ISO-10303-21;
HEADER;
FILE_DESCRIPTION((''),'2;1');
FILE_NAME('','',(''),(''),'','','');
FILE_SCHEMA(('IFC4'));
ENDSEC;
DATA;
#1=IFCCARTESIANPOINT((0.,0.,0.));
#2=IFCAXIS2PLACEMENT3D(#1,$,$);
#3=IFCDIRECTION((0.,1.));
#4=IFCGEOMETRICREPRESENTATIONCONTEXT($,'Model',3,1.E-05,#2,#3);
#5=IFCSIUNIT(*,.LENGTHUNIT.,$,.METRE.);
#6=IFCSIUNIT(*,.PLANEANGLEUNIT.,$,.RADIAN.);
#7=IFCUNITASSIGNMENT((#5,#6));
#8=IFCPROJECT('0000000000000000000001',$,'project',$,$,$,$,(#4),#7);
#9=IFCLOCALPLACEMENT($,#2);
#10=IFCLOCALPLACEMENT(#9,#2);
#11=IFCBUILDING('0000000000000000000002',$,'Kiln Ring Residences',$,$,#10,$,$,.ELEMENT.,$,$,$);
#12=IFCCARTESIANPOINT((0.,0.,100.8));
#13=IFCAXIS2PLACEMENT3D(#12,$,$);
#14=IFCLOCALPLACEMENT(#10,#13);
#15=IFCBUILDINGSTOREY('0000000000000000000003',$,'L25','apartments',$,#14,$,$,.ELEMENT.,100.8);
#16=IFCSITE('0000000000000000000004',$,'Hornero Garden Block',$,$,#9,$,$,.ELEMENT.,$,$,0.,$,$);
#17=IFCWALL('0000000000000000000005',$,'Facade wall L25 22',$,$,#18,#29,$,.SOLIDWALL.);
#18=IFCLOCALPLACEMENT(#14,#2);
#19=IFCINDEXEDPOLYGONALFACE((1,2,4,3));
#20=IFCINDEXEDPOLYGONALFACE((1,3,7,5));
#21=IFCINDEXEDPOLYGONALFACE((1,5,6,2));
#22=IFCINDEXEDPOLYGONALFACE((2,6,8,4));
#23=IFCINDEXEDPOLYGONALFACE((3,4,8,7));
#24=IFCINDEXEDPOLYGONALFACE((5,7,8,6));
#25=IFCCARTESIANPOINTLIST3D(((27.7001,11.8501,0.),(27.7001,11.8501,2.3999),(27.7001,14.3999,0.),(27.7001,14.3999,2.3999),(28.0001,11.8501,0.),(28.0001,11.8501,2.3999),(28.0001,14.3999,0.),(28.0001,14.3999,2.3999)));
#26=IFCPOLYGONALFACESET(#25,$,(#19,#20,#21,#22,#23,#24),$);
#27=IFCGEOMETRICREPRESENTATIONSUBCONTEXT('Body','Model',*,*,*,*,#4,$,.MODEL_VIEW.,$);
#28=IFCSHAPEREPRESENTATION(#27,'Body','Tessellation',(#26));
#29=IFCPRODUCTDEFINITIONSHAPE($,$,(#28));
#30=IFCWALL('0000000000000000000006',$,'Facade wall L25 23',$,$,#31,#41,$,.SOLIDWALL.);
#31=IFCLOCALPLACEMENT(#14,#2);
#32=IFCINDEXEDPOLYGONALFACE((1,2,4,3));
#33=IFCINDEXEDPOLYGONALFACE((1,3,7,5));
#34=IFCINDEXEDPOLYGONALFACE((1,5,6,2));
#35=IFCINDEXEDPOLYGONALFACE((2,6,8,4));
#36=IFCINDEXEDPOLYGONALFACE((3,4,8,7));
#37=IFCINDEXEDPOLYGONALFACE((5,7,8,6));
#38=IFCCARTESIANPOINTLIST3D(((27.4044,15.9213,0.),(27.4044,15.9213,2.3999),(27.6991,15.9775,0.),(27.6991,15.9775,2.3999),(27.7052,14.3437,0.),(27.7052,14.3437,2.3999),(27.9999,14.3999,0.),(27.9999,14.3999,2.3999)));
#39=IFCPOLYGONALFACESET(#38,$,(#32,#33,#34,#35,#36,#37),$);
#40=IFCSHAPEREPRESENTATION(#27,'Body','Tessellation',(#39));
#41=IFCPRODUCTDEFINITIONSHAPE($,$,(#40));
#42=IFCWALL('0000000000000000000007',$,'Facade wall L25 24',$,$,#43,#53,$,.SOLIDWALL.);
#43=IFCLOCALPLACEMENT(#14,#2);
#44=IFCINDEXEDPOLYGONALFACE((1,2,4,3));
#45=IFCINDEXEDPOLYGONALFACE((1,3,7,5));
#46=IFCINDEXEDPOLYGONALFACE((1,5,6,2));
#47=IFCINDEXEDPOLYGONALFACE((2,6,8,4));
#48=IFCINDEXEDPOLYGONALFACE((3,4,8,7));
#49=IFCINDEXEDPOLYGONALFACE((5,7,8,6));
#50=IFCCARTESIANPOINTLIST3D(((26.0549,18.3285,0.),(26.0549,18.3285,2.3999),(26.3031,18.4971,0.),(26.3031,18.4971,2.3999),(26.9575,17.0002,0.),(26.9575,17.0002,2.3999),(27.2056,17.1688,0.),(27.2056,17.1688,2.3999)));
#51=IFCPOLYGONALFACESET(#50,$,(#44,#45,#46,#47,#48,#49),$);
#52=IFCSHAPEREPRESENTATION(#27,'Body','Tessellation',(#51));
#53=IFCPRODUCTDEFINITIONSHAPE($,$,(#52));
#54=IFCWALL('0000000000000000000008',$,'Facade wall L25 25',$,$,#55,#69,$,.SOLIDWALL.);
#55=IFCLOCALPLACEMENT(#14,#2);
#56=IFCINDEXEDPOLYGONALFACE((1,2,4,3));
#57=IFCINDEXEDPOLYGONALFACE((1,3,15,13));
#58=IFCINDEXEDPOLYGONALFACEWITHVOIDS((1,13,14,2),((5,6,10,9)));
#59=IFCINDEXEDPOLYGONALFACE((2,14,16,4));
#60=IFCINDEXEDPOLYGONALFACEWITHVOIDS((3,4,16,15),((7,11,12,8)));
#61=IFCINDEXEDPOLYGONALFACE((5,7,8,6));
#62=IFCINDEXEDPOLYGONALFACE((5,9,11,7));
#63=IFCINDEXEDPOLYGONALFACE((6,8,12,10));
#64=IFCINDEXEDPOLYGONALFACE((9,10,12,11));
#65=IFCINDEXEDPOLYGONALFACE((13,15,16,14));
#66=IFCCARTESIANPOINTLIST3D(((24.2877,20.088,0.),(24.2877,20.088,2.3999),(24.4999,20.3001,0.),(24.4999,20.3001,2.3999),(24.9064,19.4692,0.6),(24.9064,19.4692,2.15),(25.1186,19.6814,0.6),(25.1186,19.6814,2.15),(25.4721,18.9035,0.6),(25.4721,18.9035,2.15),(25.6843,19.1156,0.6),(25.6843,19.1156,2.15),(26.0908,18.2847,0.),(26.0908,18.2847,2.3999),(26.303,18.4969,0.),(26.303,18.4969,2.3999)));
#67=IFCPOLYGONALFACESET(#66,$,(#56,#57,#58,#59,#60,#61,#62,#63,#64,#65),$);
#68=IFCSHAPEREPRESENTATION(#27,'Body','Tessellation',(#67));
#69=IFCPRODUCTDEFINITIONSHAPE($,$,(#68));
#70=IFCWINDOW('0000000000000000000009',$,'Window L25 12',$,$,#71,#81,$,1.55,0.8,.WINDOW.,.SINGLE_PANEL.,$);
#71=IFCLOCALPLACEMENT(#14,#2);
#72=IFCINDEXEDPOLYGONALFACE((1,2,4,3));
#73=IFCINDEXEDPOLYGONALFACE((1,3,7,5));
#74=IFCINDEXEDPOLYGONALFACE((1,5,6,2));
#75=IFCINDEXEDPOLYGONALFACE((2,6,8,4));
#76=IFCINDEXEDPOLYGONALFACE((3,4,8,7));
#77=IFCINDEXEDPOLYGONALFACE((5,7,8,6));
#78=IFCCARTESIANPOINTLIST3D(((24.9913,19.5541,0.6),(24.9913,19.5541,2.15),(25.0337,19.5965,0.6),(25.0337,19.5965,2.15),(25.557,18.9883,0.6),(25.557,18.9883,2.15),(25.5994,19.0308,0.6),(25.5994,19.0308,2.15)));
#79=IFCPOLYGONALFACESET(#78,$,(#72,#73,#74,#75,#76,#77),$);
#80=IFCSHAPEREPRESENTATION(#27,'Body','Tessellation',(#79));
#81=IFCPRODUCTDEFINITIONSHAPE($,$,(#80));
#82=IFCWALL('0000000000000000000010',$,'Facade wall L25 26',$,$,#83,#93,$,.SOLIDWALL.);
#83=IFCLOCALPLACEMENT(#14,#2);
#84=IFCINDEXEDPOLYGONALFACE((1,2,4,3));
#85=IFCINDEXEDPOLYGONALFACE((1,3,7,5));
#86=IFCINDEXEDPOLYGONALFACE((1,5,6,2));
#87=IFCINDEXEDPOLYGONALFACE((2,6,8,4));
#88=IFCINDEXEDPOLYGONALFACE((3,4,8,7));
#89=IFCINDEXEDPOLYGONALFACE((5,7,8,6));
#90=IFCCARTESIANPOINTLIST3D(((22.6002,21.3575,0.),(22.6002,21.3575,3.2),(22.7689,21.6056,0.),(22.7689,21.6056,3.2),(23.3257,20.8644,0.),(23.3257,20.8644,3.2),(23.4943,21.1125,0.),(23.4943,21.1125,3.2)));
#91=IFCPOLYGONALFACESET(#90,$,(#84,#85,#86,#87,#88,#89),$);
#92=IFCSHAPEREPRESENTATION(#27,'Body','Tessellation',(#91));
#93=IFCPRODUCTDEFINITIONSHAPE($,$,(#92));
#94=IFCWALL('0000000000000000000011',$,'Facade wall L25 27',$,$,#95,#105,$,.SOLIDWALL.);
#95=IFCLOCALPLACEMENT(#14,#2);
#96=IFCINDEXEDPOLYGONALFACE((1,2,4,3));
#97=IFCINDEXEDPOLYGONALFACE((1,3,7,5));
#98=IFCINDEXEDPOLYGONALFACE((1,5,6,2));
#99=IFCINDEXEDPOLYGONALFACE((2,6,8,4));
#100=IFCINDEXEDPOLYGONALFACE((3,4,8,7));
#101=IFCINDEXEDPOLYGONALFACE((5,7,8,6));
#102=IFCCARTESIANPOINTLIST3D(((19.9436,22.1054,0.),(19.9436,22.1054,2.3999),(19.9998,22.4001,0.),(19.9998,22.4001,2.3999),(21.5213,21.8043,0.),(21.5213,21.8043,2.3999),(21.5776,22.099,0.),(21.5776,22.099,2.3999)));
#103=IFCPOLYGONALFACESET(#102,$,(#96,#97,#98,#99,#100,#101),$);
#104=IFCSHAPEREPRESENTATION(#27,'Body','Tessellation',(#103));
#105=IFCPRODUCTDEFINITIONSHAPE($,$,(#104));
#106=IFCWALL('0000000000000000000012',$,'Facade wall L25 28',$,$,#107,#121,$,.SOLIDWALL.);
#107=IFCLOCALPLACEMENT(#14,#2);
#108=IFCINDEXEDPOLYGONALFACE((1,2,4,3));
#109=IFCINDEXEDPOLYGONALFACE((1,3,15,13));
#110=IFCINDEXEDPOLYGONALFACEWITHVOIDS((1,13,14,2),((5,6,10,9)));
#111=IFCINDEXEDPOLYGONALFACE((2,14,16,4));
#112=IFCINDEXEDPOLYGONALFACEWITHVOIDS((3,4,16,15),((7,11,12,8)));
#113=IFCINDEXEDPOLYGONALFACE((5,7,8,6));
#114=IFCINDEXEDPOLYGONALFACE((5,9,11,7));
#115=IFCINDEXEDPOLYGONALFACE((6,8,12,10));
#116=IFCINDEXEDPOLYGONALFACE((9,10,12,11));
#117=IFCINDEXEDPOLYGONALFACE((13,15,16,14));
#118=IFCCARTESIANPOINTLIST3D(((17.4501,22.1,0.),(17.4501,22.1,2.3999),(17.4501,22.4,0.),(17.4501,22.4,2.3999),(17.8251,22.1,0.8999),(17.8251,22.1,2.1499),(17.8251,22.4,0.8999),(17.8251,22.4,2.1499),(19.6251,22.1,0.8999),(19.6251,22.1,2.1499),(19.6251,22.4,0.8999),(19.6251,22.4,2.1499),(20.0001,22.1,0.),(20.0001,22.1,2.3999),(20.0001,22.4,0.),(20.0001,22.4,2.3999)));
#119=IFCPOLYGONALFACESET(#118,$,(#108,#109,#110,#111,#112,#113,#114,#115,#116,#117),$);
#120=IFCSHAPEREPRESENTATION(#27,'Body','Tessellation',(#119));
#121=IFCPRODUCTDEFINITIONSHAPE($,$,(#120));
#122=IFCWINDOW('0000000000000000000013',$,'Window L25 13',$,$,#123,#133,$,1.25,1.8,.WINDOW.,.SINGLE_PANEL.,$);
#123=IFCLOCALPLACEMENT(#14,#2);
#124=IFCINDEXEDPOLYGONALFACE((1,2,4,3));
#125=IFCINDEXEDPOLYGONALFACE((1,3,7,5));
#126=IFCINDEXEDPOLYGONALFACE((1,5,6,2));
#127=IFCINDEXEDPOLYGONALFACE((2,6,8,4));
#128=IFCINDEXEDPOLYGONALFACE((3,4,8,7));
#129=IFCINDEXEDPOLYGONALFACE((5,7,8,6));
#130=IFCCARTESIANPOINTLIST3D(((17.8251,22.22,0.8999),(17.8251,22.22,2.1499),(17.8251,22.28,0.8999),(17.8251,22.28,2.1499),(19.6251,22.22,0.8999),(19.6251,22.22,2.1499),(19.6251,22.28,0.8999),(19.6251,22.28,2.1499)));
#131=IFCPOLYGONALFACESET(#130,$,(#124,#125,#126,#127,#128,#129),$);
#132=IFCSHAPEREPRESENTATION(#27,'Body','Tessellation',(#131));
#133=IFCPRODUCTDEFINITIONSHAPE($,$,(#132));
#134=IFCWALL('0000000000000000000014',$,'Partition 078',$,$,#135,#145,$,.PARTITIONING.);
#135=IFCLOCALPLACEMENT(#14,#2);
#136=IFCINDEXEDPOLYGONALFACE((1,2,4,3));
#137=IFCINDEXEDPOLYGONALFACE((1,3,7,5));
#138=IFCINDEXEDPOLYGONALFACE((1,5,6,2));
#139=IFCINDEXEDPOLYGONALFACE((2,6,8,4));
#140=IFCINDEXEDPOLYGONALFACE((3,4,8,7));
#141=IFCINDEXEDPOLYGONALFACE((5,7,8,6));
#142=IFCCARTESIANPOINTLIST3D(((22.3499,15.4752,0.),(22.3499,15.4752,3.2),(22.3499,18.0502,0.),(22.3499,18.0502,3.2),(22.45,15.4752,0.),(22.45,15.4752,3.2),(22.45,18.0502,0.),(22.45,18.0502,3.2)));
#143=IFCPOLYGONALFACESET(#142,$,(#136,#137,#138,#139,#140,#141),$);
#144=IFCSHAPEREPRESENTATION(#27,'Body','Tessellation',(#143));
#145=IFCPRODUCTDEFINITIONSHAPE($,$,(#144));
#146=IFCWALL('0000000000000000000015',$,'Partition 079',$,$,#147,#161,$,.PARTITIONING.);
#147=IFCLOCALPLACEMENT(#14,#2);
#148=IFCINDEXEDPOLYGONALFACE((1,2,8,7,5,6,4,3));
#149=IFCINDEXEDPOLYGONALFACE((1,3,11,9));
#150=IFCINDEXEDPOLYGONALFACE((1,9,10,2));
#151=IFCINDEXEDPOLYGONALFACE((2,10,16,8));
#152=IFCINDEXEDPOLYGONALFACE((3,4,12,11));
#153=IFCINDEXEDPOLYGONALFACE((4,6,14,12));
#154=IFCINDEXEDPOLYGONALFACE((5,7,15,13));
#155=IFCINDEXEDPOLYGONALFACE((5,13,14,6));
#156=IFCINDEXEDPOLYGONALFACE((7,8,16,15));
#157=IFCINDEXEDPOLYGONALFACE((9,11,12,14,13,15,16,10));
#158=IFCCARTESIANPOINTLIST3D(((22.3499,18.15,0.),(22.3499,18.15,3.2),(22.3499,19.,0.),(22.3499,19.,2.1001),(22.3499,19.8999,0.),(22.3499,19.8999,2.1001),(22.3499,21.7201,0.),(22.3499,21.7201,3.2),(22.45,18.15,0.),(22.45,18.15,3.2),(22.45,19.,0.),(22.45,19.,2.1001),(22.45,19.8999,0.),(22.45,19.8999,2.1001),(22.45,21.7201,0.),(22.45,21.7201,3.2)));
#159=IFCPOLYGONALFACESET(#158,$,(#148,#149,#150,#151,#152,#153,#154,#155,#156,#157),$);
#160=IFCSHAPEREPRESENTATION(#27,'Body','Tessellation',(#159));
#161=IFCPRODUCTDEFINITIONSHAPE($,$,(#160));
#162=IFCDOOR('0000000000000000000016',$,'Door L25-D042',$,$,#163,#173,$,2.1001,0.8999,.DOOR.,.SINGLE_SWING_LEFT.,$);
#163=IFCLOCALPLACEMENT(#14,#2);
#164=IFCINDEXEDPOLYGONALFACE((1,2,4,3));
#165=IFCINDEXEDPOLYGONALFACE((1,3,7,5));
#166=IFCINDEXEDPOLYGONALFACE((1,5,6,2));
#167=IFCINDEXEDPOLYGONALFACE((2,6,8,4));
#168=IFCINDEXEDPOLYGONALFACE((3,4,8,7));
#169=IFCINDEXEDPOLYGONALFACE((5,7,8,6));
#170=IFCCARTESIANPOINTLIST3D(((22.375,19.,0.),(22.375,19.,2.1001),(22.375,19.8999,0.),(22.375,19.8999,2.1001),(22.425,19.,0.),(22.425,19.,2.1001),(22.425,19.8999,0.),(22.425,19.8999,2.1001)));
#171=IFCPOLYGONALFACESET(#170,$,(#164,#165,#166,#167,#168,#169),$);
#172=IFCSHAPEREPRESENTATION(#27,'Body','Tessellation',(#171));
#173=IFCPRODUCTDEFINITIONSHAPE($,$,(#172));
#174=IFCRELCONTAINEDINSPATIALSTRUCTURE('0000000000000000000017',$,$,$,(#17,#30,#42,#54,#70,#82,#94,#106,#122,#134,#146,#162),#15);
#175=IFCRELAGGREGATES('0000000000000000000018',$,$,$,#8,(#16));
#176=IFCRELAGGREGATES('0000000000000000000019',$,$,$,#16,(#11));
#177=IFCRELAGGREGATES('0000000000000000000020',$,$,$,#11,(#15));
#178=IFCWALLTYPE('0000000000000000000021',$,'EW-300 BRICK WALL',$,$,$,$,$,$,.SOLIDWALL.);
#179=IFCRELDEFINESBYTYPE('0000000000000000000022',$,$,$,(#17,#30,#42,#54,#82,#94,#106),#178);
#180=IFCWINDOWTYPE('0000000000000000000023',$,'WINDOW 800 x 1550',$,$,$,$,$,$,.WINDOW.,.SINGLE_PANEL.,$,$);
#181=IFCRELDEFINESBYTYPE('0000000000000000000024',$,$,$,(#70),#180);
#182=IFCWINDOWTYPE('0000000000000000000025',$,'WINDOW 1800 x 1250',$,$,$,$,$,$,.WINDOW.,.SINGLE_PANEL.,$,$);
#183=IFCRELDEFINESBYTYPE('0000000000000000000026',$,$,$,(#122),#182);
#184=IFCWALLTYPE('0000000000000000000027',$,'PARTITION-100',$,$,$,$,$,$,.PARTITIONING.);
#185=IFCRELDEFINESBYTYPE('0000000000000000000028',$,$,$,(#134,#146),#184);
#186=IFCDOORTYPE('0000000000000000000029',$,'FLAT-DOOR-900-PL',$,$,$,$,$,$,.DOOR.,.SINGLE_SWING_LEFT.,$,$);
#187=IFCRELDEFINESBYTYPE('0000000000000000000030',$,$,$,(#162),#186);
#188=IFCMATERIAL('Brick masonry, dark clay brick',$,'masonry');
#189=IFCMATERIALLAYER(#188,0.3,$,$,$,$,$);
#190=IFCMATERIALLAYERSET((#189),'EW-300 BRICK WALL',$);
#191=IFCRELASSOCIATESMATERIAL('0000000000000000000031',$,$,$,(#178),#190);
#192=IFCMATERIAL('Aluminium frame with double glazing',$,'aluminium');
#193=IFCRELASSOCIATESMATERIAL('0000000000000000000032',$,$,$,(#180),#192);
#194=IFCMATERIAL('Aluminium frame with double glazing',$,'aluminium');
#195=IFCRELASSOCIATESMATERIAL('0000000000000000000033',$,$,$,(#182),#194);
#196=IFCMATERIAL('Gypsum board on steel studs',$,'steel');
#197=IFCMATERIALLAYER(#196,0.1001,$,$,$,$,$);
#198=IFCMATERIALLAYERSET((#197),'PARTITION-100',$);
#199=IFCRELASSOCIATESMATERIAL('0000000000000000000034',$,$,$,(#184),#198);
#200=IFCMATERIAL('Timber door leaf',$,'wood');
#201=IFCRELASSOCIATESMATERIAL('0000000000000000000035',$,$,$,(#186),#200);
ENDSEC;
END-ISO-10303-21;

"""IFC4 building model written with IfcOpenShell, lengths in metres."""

from ifc_helpers import new_model, si_unit, direction, frame, frame_2d, origin, place, context, subcontext, project, spatial, rectangle, extrude, material, layer, layer_set, type_object, element, fill, save


model = new_model("IFC4")

# Units and contexts
model_context = context("Model", 3, precision=1e-05, world=origin(), true_north=direction((0.0, 1.0)))
body_context = subcontext(model_context, "Body", "Model", "MODEL_VIEW")
ifc_project = project(units=[si_unit("LENGTHUNIT", "METRE"), si_unit("PLANEANGLEUNIT", "RADIAN")], contexts=[model_context])

# Site, building, storey
site_placement = place(None, origin())
site = spatial("IfcSite", under=ifc_project, at=site_placement, Name="Hornero Garden Block", CompositionType="ELEMENT", RefElevation=0.0)
building_placement = place(site_placement, origin())
building = spatial("IfcBuilding", under=site, at=building_placement, Name="Kiln Ring Residences", CompositionType="ELEMENT")
storey_placement = place(building_placement, frame((0.0, 0.0, 100.8)))
storey = spatial("IfcBuildingStorey", under=building, at=storey_placement, Name="L25", Description="apartments", CompositionType="ELEMENT", Elevation=100.8)

# Walls
ifc_material_1 = material(Name="Brick masonry, dark clay brick", Category="masonry")
ifc_layer_1 = layer(ifc_material_1, 0.3)
ifc_layer_set_1 = layer_set([ifc_layer_1], Name="EW-300 BRICK WALL")
wall_type_1 = type_object("IfcWallType", Name="EW-300 BRICK WALL", PredefinedType="SOLIDWALL", material=ifc_layer_set_1)
wall_1_placement = place(storey_placement, frame((27.8501, 11.8501, 0.0), z_axis=(0.0, 0.0, 1.0), x_axis=(0.0, 1.0, 0.0)))
element("IfcWall", 1, at=wall_1_placement, inside=storey, type_object=wall_type_1, Name="Facade wall L25 22", PredefinedType="SOLIDWALL", context=body_context, shape_type="SweptSolid", body=[
    extrude(rectangle(XDim=2.5498, YDim=0.3, at=frame_2d((1.2749, 0.0))), origin(), (0.0, 0.0, 1.0), 2.3999),
])
for number, where, z_axis, x_axis, name in (
    (2, (27.8525, 14.3718, 0.0), (0.0, 0.0, 1.0), (-0.18728, 0.982307, 0.0), "Facade wall L25 23"),
    (3, (27.0815, 17.0845, 0.0), (0.0, 0.0, 1.0), (-0.562011, 0.82713, 0.0), "Facade wall L25 24"),
):
    element("IfcWall", number, at=place(storey_placement, frame(where, z_axis=z_axis, x_axis=x_axis)), inside=storey, type_object=wall_type_1, Name=name, PredefinedType="SOLIDWALL", context=body_context, shape_type="SweptSolid", body=[
        extrude(rectangle(XDim=1.606, YDim=0.3, at=frame_2d((0.803, 0.0))), origin(), (0.0, 0.0, 1.0), 2.3999),
    ])

# Wall, opening, window
wall_2_placement = place(storey_placement, frame((26.1968, 18.3909, 0.0), z_axis=(0.0, 0.0, 1.0), x_axis=(-0.707059, 0.707155, 0.0)))
wall_2 = element("IfcWall", 4, at=wall_2_placement, inside=storey, type_object=wall_type_1, Name="Facade wall L25 25", PredefinedType="SOLIDWALL", context=body_context, shape_type="SweptSolid", body=[
    extrude(rectangle(XDim=2.55, YDim=0.3, at=frame_2d((1.2749, 0.0))), origin(), (0.0, 0.0, 1.0), 2.3999),
])
opening_1_placement = place(wall_2_placement, frame((0.875, 0.0, 0.6001)))
opening_1 = element("IfcOpeningElement", 5, at=opening_1_placement, cuts=wall_2, PredefinedType="OPENING", context=body_context, shape_type="SweptSolid", body=[
    extrude(rectangle(XDim=0.8, YDim=1.55, at=frame_2d((0.3999, 0.7749))), frame((0.0, 0.1599, 0.0), z_axis=(0.0, -1.0, 0.0), x_axis=(1.0, 0.0, 0.0)), (0.0, 0.0, 1.0), 0.3201),
])
ifc_material_2 = material(Name="Aluminium frame with double glazing", Category="aluminium")
window_type_1 = type_object("IfcWindowType", Name="WINDOW 800 x 1550", PartitioningType="SINGLE_PANEL", PredefinedType="WINDOW", material=ifc_material_2)
window_1_placement = place(opening_1_placement, origin())
window_1 = element("IfcWindow", 6, at=window_1_placement, inside=storey, type_object=window_type_1, Name="Window L25 12", OverallHeight=1.55, OverallWidth=0.8, PartitioningType="SINGLE_PANEL", PredefinedType="WINDOW", context=body_context, shape_type="SweptSolid", body=[
    extrude(rectangle(XDim=0.8, YDim=1.55, at=frame_2d((0.3999, 0.7749))), frame((0.0, 0.03, 0.0), z_axis=(0.0, -1.0, 0.0), x_axis=(1.0, 0.0, 0.0)), (0.0, 0.0, 1.0), 0.0601),
])
fill(opening_1, window_1)

# Walls
wall_3_placement = place(storey_placement, frame((23.4099, 20.9885, 0.0), z_axis=(0.0, 0.0, 1.0), x_axis=(-0.827051, 0.562127, 0.0)))
element("IfcWall", 7, at=wall_3_placement, inside=storey, type_object=wall_type_1, Name="Facade wall L25 26", PredefinedType="SOLIDWALL", context=body_context, shape_type="SweptSolid", body=[
    extrude(rectangle(XDim=0.8772, YDim=0.3, at=frame_2d((0.4385, 0.0))), origin(), (0.0, 0.0, 1.0), 3.2),
])
wall_4_placement = place(storey_placement, frame((21.5496, 21.9517, 0.0), z_axis=(0.0, 0.0, 1.0), x_axis=(-0.982279, 0.187426, 0.0)))
element("IfcWall", 8, at=wall_4_placement, inside=storey, type_object=wall_type_1, Name="Facade wall L25 27", PredefinedType="SOLIDWALL", context=body_context, shape_type="SweptSolid", body=[
    extrude(rectangle(XDim=1.6062, YDim=0.3, at=frame_2d((0.8032, 0.0))), origin(), (0.0, 0.0, 1.0), 2.3999),
])

# Wall, opening, window
wall_5_placement = place(storey_placement, frame((20.0, 22.25, 0.0), z_axis=(0.0, 0.0, 1.0), x_axis=(-1.0, 0.0, 0.0)))
wall_5 = element("IfcWall", 9, at=wall_5_placement, inside=storey, type_object=wall_type_1, Name="Facade wall L25 28", PredefinedType="SOLIDWALL", context=body_context, shape_type="SweptSolid", body=[
    extrude(rectangle(XDim=2.55, YDim=0.3, at=frame_2d((1.2749, 0.0))), origin(), (0.0, 0.0, 1.0), 2.3999),
])
opening_2_placement = place(wall_5_placement, frame((0.375, 0.0, 0.8999)))
opening_2 = element("IfcOpeningElement", 10, at=opening_2_placement, cuts=wall_5, PredefinedType="OPENING", context=body_context, shape_type="SweptSolid", body=[
    extrude(rectangle(XDim=1.8, YDim=1.25, at=frame_2d((0.8999, 0.625))), frame((0.0, 0.1599, 0.0), z_axis=(0.0, -1.0, 0.0), x_axis=(1.0, 0.0, 0.0)), (0.0, 0.0, 1.0), 0.3201),
])
ifc_material_3 = material(Name="Aluminium frame with double glazing", Category="aluminium")
window_type_2 = type_object("IfcWindowType", Name="WINDOW 1800 x 1250", PartitioningType="SINGLE_PANEL", PredefinedType="WINDOW", material=ifc_material_3)
window_2_placement = place(opening_2_placement, origin())
window_2 = element("IfcWindow", 11, at=window_2_placement, inside=storey, type_object=window_type_2, Name="Window L25 13", OverallHeight=1.25, OverallWidth=1.8, PartitioningType="SINGLE_PANEL", PredefinedType="WINDOW", context=body_context, shape_type="SweptSolid", body=[
    extrude(rectangle(XDim=1.8, YDim=1.25, at=frame_2d((0.8999, 0.625))), frame((0.0, 0.03, 0.0), z_axis=(0.0, -1.0, 0.0), x_axis=(1.0, 0.0, 0.0)), (0.0, 0.0, 1.0), 0.0601),
])
fill(opening_2, window_2)

# Wall
ifc_material_4 = material(Name="Gypsum board on steel studs", Category="steel")
ifc_layer_2 = layer(ifc_material_4, 0.1001)
ifc_layer_set_2 = layer_set([ifc_layer_2], Name="PARTITION-100")
wall_type_2 = type_object("IfcWallType", Name="PARTITION-100", PredefinedType="PARTITIONING", material=ifc_layer_set_2)
wall_6_placement = place(storey_placement, frame((22.3999, 15.4751, 0.0), z_axis=(0.0, 0.0, 1.0), x_axis=(0.0, 1.0, 0.0)))
element("IfcWall", 12, at=wall_6_placement, inside=storey, type_object=wall_type_2, Name="Partition 078", PredefinedType="PARTITIONING", context=body_context, shape_type="SweptSolid", body=[
    extrude(rectangle(XDim=2.575, YDim=0.1001, at=frame_2d((1.2876, 0.0))), origin(), (0.0, 0.0, 1.0), 3.2),
])

# Wall, opening, door
wall_7_placement = place(storey_placement, frame((22.3999, 18.1499, 0.0), z_axis=(0.0, 0.0, 1.0), x_axis=(0.0, 1.0, 0.0)))
wall_7 = element("IfcWall", 13, at=wall_7_placement, inside=storey, type_object=wall_type_2, Name="Partition 079", PredefinedType="PARTITIONING", context=body_context, shape_type="SweptSolid", body=[
    extrude(rectangle(XDim=3.5701, YDim=0.1001, at=frame_2d((1.7852, 0.0))), origin(), (0.0, 0.0, 1.0), 3.2),
])
opening_3_placement = place(wall_7_placement, frame((0.8501, 0.0, 0.0)))
opening_3 = element("IfcOpeningElement", 14, at=opening_3_placement, cuts=wall_7, PredefinedType="OPENING", context=body_context, shape_type="SweptSolid", body=[
    extrude(rectangle(XDim=0.8999, YDim=2.1001, at=frame_2d((0.45, 1.05))), frame((0.0, 0.0601, 0.0), z_axis=(0.0, -1.0, 0.0), x_axis=(1.0, 0.0, 0.0)), (0.0, 0.0, 1.0), 0.1201),
])
ifc_material_5 = material(Name="Timber door leaf", Category="wood")
door_type_1 = type_object("IfcDoorType", Name="FLAT-DOOR-900-PL", OperationType="SINGLE_SWING_LEFT", PredefinedType="DOOR", material=ifc_material_5)
door_1_placement = place(opening_3_placement, origin())
door_1 = element("IfcDoor", 15, at=door_1_placement, inside=storey, type_object=door_type_1, Name="Door L25-D042", OperationType="SINGLE_SWING_LEFT", OverallHeight=2.1001, OverallWidth=0.8999, PredefinedType="DOOR", context=body_context, shape_type="SweptSolid", body=[
    extrude(rectangle(XDim=0.8999, YDim=2.1001, at=frame_2d((0.45, 1.05))), frame((0.0, 0.0249, 0.0), z_axis=(0.0, -1.0, 0.0), x_axis=(1.0, 0.0, 0.0)), (0.0, 0.0, 1.0), 0.05),
])
fill(opening_3, door_1)

save(model, "model.ifc")
